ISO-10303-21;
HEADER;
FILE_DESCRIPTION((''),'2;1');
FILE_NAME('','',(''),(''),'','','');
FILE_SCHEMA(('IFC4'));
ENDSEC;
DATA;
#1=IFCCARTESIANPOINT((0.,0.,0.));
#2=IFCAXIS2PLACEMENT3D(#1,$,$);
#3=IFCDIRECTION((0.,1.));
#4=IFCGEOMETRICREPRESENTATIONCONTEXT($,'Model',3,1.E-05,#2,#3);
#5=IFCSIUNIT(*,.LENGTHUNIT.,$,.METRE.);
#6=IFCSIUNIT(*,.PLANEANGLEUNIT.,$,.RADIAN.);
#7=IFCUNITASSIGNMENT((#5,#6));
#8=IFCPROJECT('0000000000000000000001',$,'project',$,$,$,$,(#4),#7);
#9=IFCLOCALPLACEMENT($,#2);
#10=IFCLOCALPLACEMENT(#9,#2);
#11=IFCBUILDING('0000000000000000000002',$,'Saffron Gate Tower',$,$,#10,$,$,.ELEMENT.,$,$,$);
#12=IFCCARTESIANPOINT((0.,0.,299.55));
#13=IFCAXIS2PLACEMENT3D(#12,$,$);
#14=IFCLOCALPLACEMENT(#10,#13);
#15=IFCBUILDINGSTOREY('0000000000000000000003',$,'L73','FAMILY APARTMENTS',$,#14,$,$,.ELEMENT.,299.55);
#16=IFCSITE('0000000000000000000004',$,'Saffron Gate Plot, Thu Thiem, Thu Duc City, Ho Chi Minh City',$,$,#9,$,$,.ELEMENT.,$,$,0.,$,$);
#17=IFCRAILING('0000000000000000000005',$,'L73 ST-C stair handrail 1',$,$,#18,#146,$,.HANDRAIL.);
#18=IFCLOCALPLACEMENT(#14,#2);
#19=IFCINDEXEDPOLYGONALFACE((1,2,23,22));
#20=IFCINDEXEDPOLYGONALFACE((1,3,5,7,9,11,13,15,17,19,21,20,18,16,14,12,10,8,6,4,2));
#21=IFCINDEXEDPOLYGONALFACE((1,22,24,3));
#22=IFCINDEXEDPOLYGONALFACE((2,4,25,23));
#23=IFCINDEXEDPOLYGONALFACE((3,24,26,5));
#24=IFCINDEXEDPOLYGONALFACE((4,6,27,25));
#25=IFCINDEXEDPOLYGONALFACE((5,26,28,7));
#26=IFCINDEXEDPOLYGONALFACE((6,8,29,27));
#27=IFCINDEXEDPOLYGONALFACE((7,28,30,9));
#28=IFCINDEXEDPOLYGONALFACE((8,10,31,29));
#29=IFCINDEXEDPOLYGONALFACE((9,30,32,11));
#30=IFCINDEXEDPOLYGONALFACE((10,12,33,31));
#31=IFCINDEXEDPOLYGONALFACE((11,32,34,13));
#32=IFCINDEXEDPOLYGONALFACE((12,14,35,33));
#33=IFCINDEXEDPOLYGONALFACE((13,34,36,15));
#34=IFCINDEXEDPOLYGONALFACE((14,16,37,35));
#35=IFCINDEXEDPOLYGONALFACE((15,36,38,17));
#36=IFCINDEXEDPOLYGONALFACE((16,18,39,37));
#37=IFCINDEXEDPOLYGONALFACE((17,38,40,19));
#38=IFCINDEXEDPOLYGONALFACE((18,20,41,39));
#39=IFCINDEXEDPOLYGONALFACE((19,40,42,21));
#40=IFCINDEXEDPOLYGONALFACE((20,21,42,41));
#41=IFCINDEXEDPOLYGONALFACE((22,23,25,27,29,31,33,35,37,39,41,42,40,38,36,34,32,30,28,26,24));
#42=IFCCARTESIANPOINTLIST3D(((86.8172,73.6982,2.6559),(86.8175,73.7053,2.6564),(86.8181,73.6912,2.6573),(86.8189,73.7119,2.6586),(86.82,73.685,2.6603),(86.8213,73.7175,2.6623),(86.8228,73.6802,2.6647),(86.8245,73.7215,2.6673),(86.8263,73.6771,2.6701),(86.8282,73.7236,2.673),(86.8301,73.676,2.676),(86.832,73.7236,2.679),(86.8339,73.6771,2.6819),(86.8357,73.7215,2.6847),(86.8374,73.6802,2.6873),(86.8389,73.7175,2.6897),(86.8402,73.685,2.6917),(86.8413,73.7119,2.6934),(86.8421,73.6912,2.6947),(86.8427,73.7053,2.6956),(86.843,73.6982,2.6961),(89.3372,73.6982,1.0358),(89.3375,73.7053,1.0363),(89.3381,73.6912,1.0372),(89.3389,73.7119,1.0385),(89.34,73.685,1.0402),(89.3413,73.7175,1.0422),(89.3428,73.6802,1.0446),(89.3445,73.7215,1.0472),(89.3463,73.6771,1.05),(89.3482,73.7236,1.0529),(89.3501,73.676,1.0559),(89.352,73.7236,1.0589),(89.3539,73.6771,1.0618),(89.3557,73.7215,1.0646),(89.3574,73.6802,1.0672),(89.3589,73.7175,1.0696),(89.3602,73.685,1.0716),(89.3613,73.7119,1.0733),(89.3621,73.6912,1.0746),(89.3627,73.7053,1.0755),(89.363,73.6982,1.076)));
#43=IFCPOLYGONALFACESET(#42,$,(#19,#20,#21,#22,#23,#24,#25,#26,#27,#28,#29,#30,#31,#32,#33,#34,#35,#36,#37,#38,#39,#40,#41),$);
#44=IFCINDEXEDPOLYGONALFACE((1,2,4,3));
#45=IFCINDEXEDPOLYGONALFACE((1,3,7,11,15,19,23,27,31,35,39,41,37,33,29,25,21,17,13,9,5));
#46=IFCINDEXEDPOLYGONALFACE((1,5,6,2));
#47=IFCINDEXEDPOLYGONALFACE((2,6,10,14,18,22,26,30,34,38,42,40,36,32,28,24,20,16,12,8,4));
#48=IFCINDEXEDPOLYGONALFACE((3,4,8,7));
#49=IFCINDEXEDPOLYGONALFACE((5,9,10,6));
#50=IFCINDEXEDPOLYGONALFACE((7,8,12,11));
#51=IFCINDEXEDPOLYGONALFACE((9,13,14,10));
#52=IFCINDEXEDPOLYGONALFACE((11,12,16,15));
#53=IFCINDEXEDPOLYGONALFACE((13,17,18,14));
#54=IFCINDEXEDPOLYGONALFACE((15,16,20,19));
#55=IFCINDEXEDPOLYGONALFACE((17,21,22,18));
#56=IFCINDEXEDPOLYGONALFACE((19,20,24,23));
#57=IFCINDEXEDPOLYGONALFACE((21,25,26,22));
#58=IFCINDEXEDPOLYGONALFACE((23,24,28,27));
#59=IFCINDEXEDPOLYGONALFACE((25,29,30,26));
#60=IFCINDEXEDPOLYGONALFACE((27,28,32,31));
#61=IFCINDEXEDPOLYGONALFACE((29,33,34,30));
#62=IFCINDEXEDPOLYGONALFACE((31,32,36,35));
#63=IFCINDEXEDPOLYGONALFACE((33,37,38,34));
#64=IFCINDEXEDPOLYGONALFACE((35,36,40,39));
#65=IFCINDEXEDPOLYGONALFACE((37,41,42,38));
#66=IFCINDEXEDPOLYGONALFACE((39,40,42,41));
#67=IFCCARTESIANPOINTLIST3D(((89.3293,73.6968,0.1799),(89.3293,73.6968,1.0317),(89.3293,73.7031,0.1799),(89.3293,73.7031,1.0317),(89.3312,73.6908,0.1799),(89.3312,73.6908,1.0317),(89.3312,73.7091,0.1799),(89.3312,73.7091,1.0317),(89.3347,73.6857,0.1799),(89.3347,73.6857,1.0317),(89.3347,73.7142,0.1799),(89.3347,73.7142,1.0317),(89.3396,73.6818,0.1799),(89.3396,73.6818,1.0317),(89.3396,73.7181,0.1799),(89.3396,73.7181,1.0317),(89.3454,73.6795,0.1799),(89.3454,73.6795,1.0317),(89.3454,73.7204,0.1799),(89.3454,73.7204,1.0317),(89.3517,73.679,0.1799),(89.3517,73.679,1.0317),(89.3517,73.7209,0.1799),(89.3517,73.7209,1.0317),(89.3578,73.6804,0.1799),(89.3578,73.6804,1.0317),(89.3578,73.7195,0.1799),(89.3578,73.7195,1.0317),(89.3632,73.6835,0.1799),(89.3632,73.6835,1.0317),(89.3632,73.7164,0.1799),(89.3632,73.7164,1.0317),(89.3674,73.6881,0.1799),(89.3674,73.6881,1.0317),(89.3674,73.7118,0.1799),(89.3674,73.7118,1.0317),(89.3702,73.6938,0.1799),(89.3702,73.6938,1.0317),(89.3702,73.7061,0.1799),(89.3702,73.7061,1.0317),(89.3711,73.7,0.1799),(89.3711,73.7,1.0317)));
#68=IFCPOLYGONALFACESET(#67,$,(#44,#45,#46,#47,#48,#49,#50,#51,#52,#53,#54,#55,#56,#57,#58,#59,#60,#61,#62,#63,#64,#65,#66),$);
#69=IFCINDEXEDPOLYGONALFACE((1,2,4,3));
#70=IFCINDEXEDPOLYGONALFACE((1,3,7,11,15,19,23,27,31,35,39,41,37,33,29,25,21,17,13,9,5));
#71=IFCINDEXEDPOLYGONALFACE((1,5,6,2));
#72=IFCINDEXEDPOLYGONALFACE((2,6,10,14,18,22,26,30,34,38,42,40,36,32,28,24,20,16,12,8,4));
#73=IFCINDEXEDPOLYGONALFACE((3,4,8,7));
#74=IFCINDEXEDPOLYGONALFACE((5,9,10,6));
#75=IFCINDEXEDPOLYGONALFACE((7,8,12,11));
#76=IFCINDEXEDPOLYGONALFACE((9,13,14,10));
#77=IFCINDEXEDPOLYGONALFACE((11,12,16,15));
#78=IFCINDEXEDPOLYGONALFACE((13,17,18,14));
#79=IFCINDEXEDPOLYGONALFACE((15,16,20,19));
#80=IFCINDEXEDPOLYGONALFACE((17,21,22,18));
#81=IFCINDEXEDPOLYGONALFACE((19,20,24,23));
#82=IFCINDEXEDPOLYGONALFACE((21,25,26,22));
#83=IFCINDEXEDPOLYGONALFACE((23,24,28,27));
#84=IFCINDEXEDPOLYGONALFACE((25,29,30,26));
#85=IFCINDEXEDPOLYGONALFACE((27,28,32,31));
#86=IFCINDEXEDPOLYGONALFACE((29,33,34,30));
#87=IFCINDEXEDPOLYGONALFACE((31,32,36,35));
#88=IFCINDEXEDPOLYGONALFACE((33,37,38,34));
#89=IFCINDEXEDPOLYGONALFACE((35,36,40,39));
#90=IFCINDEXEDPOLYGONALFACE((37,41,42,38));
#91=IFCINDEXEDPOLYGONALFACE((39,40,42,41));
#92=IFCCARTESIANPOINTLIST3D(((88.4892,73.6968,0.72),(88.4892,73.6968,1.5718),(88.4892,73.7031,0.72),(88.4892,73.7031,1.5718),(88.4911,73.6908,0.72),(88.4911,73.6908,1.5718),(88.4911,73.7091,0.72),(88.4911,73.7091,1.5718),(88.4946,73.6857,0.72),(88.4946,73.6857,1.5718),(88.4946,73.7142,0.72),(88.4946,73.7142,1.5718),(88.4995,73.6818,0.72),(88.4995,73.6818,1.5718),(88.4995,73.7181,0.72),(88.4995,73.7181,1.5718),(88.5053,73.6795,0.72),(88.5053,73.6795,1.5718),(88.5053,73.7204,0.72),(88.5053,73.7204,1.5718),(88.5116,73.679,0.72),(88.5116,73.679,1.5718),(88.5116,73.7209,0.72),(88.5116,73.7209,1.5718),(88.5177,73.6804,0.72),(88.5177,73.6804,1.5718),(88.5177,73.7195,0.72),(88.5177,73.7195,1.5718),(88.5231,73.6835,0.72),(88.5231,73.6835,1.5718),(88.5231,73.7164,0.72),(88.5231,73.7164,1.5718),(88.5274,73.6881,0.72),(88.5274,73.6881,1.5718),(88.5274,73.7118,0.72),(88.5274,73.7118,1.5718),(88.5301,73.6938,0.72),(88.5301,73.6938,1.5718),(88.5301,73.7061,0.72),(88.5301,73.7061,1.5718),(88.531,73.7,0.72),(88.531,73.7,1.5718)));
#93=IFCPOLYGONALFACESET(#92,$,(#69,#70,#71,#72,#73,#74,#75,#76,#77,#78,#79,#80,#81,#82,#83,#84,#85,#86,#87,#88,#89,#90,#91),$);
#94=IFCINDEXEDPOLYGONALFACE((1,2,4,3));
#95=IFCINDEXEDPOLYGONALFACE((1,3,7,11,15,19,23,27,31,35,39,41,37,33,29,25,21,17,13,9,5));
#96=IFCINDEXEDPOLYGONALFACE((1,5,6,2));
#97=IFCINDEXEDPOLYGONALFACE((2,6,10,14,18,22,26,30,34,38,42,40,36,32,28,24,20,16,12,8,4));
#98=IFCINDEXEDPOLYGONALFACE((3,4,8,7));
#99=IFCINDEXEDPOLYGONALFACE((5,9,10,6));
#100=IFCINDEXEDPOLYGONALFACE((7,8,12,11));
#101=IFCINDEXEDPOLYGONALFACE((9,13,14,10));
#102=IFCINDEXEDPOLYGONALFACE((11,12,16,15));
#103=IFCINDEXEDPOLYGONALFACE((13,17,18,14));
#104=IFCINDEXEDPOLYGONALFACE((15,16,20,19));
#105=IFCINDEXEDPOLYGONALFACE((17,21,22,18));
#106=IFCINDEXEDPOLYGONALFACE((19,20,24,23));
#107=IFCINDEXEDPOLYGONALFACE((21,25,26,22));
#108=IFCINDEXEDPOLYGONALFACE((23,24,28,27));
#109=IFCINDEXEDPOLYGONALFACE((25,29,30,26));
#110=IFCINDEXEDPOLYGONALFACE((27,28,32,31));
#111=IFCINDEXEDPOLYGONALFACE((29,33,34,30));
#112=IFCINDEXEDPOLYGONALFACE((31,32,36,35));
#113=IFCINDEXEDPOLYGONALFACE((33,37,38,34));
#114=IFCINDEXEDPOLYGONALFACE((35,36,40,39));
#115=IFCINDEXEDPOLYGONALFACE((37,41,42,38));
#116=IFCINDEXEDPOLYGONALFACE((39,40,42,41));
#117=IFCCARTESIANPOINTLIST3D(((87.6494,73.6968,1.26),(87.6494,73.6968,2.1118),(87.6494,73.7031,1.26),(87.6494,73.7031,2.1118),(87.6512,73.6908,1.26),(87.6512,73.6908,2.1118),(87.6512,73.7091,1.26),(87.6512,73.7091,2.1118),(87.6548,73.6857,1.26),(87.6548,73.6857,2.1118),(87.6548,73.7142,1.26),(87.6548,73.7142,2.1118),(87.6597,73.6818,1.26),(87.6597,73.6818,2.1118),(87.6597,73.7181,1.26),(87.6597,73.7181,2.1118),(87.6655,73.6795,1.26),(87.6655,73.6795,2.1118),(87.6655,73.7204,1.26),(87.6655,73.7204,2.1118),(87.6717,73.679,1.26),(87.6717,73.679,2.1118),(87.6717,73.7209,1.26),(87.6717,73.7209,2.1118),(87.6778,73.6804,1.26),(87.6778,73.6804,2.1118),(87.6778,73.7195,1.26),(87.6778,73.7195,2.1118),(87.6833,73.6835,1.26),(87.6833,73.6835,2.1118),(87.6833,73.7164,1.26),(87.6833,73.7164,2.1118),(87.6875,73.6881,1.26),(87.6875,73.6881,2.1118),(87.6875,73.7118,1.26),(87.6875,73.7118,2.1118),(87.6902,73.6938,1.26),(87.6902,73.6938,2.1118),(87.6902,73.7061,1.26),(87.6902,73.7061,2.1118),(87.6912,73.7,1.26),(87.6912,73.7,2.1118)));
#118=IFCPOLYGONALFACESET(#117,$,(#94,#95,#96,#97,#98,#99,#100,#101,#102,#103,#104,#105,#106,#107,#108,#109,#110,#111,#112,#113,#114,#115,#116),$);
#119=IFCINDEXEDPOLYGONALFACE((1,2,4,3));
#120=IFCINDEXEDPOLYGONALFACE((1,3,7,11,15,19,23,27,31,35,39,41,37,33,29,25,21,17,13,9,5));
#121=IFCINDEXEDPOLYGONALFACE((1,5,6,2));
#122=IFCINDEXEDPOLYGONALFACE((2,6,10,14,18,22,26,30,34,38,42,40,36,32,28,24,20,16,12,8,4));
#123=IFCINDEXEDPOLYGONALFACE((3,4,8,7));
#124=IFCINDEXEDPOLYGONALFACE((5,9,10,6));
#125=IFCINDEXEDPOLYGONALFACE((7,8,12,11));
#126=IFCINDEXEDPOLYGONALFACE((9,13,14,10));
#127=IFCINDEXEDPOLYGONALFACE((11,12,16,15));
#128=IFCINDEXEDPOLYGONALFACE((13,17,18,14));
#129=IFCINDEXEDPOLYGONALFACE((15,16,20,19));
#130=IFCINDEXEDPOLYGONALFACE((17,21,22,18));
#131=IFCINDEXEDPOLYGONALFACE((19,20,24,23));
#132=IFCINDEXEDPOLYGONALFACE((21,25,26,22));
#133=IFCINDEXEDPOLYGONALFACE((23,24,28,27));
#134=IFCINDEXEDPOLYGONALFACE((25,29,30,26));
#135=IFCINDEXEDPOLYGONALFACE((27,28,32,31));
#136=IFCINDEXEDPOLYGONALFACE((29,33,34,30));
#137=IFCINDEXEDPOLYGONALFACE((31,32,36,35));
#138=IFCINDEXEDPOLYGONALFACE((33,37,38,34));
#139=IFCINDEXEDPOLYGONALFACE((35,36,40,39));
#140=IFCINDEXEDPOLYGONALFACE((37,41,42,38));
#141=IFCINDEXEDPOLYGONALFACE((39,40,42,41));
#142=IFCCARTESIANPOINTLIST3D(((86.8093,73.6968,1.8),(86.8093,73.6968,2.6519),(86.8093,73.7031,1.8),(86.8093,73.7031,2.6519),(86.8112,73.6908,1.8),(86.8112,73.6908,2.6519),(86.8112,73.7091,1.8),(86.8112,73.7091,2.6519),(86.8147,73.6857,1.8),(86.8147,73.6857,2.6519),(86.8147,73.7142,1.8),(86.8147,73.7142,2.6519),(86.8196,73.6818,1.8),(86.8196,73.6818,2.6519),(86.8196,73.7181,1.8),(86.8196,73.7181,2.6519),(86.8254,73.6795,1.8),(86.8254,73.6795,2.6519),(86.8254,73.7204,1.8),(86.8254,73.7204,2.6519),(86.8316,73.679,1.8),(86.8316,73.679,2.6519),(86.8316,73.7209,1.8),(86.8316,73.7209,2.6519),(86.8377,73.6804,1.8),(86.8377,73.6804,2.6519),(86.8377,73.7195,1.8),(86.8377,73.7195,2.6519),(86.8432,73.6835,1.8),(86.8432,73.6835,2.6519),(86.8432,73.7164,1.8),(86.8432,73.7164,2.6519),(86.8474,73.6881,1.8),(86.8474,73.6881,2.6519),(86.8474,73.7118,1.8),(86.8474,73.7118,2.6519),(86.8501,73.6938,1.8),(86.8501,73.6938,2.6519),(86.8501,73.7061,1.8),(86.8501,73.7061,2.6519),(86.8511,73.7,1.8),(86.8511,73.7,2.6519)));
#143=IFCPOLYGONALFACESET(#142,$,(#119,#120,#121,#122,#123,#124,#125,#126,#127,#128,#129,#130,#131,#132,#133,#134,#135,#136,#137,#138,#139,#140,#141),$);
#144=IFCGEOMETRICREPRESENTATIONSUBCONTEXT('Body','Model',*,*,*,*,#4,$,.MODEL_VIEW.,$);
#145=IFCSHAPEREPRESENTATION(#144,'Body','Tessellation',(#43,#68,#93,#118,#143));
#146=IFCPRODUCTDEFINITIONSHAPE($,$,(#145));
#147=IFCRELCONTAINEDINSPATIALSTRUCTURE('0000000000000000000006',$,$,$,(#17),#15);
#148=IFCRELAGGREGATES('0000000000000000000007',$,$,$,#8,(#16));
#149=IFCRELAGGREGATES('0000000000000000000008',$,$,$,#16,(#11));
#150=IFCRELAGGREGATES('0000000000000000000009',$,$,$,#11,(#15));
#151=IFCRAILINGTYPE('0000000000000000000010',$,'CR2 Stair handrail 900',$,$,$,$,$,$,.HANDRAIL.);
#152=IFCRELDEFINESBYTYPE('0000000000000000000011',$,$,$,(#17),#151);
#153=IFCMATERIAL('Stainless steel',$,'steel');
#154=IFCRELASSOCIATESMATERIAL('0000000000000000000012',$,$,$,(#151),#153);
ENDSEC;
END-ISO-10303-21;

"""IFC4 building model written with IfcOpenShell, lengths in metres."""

from ifc_helpers import new_model, si_unit, direction, frame, origin, origin_2d, place, context, subcontext, project, spatial, circle, extrude, material, type_object, element, save


model = new_model("IFC4")

# Units and contexts
model_context = context("Model", 3, precision=1e-05, world=origin(), true_north=direction((0.0, 1.0)))
body_context = subcontext(model_context, "Body", "Model", "MODEL_VIEW")
ifc_project = project(units=[si_unit("LENGTHUNIT", "METRE"), si_unit("PLANEANGLEUNIT", "RADIAN")], contexts=[model_context])

# Site, building, storey
site_placement = place(None, origin())
site = spatial("IfcSite", under=ifc_project, at=site_placement, Name="Saffron Gate Plot, Thu Thiem, Thu Duc City, Ho Chi Minh City", CompositionType="ELEMENT", RefElevation=0.0)
building_placement = place(site_placement, origin())
building = spatial("IfcBuilding", under=site, at=building_placement, Name="Saffron Gate Tower", CompositionType="ELEMENT")
storey_placement = place(building_placement, frame((0.0, 0.0, 299.55)))
storey = spatial("IfcBuildingStorey", under=building, at=storey_placement, Name="L73", Description="FAMILY APARTMENTS", CompositionType="ELEMENT", Elevation=299.55)

# Railing
ifc_material_1 = material(Name="Stainless steel", Category="steel")
railing_type_1 = type_object("IfcRailingType", Name="CR2 Stair handrail 900", PredefinedType="HANDRAIL", material=ifc_material_1)
railing_1_placement = place(storey_placement, frame((89.3501, 73.7, 0.1799)))
element("IfcRailing", 1, at=railing_1_placement, inside=storey, type_object=railing_type_1, Name="L73 ST-C stair handrail 1", PredefinedType="HANDRAIL", context=body_context, shape_type="SweptSolid", body=[
    extrude(circle(Radius=0.0239, at=origin_2d()), frame((0.0, 0.0, 0.876), z_axis=(-0.841163, 0.0, 0.540782), x_axis=(0.0, -1.0, 0.0)), (0.0, 0.0, 1.0), 2.9958),
    extrude(circle(Radius=0.021, at=origin_2d()), origin(), (0.0, 0.0, 1.0), 0.8518),
    extrude(circle(Radius=0.021, at=origin_2d()), frame((-0.8401, 0.0, 0.54)), (0.0, 0.0, 1.0), 0.8518),
    extrude(circle(Radius=0.021, at=origin_2d()), frame((-1.6799, 0.0, 1.0801)), (0.0, 0.0, 1.0), 0.8518),
    extrude(circle(Radius=0.021, at=origin_2d()), frame((-2.52, 0.0, 1.6201)), (0.0, 0.0, 1.0), 0.8518),
])

save(model, "model.ifc")
